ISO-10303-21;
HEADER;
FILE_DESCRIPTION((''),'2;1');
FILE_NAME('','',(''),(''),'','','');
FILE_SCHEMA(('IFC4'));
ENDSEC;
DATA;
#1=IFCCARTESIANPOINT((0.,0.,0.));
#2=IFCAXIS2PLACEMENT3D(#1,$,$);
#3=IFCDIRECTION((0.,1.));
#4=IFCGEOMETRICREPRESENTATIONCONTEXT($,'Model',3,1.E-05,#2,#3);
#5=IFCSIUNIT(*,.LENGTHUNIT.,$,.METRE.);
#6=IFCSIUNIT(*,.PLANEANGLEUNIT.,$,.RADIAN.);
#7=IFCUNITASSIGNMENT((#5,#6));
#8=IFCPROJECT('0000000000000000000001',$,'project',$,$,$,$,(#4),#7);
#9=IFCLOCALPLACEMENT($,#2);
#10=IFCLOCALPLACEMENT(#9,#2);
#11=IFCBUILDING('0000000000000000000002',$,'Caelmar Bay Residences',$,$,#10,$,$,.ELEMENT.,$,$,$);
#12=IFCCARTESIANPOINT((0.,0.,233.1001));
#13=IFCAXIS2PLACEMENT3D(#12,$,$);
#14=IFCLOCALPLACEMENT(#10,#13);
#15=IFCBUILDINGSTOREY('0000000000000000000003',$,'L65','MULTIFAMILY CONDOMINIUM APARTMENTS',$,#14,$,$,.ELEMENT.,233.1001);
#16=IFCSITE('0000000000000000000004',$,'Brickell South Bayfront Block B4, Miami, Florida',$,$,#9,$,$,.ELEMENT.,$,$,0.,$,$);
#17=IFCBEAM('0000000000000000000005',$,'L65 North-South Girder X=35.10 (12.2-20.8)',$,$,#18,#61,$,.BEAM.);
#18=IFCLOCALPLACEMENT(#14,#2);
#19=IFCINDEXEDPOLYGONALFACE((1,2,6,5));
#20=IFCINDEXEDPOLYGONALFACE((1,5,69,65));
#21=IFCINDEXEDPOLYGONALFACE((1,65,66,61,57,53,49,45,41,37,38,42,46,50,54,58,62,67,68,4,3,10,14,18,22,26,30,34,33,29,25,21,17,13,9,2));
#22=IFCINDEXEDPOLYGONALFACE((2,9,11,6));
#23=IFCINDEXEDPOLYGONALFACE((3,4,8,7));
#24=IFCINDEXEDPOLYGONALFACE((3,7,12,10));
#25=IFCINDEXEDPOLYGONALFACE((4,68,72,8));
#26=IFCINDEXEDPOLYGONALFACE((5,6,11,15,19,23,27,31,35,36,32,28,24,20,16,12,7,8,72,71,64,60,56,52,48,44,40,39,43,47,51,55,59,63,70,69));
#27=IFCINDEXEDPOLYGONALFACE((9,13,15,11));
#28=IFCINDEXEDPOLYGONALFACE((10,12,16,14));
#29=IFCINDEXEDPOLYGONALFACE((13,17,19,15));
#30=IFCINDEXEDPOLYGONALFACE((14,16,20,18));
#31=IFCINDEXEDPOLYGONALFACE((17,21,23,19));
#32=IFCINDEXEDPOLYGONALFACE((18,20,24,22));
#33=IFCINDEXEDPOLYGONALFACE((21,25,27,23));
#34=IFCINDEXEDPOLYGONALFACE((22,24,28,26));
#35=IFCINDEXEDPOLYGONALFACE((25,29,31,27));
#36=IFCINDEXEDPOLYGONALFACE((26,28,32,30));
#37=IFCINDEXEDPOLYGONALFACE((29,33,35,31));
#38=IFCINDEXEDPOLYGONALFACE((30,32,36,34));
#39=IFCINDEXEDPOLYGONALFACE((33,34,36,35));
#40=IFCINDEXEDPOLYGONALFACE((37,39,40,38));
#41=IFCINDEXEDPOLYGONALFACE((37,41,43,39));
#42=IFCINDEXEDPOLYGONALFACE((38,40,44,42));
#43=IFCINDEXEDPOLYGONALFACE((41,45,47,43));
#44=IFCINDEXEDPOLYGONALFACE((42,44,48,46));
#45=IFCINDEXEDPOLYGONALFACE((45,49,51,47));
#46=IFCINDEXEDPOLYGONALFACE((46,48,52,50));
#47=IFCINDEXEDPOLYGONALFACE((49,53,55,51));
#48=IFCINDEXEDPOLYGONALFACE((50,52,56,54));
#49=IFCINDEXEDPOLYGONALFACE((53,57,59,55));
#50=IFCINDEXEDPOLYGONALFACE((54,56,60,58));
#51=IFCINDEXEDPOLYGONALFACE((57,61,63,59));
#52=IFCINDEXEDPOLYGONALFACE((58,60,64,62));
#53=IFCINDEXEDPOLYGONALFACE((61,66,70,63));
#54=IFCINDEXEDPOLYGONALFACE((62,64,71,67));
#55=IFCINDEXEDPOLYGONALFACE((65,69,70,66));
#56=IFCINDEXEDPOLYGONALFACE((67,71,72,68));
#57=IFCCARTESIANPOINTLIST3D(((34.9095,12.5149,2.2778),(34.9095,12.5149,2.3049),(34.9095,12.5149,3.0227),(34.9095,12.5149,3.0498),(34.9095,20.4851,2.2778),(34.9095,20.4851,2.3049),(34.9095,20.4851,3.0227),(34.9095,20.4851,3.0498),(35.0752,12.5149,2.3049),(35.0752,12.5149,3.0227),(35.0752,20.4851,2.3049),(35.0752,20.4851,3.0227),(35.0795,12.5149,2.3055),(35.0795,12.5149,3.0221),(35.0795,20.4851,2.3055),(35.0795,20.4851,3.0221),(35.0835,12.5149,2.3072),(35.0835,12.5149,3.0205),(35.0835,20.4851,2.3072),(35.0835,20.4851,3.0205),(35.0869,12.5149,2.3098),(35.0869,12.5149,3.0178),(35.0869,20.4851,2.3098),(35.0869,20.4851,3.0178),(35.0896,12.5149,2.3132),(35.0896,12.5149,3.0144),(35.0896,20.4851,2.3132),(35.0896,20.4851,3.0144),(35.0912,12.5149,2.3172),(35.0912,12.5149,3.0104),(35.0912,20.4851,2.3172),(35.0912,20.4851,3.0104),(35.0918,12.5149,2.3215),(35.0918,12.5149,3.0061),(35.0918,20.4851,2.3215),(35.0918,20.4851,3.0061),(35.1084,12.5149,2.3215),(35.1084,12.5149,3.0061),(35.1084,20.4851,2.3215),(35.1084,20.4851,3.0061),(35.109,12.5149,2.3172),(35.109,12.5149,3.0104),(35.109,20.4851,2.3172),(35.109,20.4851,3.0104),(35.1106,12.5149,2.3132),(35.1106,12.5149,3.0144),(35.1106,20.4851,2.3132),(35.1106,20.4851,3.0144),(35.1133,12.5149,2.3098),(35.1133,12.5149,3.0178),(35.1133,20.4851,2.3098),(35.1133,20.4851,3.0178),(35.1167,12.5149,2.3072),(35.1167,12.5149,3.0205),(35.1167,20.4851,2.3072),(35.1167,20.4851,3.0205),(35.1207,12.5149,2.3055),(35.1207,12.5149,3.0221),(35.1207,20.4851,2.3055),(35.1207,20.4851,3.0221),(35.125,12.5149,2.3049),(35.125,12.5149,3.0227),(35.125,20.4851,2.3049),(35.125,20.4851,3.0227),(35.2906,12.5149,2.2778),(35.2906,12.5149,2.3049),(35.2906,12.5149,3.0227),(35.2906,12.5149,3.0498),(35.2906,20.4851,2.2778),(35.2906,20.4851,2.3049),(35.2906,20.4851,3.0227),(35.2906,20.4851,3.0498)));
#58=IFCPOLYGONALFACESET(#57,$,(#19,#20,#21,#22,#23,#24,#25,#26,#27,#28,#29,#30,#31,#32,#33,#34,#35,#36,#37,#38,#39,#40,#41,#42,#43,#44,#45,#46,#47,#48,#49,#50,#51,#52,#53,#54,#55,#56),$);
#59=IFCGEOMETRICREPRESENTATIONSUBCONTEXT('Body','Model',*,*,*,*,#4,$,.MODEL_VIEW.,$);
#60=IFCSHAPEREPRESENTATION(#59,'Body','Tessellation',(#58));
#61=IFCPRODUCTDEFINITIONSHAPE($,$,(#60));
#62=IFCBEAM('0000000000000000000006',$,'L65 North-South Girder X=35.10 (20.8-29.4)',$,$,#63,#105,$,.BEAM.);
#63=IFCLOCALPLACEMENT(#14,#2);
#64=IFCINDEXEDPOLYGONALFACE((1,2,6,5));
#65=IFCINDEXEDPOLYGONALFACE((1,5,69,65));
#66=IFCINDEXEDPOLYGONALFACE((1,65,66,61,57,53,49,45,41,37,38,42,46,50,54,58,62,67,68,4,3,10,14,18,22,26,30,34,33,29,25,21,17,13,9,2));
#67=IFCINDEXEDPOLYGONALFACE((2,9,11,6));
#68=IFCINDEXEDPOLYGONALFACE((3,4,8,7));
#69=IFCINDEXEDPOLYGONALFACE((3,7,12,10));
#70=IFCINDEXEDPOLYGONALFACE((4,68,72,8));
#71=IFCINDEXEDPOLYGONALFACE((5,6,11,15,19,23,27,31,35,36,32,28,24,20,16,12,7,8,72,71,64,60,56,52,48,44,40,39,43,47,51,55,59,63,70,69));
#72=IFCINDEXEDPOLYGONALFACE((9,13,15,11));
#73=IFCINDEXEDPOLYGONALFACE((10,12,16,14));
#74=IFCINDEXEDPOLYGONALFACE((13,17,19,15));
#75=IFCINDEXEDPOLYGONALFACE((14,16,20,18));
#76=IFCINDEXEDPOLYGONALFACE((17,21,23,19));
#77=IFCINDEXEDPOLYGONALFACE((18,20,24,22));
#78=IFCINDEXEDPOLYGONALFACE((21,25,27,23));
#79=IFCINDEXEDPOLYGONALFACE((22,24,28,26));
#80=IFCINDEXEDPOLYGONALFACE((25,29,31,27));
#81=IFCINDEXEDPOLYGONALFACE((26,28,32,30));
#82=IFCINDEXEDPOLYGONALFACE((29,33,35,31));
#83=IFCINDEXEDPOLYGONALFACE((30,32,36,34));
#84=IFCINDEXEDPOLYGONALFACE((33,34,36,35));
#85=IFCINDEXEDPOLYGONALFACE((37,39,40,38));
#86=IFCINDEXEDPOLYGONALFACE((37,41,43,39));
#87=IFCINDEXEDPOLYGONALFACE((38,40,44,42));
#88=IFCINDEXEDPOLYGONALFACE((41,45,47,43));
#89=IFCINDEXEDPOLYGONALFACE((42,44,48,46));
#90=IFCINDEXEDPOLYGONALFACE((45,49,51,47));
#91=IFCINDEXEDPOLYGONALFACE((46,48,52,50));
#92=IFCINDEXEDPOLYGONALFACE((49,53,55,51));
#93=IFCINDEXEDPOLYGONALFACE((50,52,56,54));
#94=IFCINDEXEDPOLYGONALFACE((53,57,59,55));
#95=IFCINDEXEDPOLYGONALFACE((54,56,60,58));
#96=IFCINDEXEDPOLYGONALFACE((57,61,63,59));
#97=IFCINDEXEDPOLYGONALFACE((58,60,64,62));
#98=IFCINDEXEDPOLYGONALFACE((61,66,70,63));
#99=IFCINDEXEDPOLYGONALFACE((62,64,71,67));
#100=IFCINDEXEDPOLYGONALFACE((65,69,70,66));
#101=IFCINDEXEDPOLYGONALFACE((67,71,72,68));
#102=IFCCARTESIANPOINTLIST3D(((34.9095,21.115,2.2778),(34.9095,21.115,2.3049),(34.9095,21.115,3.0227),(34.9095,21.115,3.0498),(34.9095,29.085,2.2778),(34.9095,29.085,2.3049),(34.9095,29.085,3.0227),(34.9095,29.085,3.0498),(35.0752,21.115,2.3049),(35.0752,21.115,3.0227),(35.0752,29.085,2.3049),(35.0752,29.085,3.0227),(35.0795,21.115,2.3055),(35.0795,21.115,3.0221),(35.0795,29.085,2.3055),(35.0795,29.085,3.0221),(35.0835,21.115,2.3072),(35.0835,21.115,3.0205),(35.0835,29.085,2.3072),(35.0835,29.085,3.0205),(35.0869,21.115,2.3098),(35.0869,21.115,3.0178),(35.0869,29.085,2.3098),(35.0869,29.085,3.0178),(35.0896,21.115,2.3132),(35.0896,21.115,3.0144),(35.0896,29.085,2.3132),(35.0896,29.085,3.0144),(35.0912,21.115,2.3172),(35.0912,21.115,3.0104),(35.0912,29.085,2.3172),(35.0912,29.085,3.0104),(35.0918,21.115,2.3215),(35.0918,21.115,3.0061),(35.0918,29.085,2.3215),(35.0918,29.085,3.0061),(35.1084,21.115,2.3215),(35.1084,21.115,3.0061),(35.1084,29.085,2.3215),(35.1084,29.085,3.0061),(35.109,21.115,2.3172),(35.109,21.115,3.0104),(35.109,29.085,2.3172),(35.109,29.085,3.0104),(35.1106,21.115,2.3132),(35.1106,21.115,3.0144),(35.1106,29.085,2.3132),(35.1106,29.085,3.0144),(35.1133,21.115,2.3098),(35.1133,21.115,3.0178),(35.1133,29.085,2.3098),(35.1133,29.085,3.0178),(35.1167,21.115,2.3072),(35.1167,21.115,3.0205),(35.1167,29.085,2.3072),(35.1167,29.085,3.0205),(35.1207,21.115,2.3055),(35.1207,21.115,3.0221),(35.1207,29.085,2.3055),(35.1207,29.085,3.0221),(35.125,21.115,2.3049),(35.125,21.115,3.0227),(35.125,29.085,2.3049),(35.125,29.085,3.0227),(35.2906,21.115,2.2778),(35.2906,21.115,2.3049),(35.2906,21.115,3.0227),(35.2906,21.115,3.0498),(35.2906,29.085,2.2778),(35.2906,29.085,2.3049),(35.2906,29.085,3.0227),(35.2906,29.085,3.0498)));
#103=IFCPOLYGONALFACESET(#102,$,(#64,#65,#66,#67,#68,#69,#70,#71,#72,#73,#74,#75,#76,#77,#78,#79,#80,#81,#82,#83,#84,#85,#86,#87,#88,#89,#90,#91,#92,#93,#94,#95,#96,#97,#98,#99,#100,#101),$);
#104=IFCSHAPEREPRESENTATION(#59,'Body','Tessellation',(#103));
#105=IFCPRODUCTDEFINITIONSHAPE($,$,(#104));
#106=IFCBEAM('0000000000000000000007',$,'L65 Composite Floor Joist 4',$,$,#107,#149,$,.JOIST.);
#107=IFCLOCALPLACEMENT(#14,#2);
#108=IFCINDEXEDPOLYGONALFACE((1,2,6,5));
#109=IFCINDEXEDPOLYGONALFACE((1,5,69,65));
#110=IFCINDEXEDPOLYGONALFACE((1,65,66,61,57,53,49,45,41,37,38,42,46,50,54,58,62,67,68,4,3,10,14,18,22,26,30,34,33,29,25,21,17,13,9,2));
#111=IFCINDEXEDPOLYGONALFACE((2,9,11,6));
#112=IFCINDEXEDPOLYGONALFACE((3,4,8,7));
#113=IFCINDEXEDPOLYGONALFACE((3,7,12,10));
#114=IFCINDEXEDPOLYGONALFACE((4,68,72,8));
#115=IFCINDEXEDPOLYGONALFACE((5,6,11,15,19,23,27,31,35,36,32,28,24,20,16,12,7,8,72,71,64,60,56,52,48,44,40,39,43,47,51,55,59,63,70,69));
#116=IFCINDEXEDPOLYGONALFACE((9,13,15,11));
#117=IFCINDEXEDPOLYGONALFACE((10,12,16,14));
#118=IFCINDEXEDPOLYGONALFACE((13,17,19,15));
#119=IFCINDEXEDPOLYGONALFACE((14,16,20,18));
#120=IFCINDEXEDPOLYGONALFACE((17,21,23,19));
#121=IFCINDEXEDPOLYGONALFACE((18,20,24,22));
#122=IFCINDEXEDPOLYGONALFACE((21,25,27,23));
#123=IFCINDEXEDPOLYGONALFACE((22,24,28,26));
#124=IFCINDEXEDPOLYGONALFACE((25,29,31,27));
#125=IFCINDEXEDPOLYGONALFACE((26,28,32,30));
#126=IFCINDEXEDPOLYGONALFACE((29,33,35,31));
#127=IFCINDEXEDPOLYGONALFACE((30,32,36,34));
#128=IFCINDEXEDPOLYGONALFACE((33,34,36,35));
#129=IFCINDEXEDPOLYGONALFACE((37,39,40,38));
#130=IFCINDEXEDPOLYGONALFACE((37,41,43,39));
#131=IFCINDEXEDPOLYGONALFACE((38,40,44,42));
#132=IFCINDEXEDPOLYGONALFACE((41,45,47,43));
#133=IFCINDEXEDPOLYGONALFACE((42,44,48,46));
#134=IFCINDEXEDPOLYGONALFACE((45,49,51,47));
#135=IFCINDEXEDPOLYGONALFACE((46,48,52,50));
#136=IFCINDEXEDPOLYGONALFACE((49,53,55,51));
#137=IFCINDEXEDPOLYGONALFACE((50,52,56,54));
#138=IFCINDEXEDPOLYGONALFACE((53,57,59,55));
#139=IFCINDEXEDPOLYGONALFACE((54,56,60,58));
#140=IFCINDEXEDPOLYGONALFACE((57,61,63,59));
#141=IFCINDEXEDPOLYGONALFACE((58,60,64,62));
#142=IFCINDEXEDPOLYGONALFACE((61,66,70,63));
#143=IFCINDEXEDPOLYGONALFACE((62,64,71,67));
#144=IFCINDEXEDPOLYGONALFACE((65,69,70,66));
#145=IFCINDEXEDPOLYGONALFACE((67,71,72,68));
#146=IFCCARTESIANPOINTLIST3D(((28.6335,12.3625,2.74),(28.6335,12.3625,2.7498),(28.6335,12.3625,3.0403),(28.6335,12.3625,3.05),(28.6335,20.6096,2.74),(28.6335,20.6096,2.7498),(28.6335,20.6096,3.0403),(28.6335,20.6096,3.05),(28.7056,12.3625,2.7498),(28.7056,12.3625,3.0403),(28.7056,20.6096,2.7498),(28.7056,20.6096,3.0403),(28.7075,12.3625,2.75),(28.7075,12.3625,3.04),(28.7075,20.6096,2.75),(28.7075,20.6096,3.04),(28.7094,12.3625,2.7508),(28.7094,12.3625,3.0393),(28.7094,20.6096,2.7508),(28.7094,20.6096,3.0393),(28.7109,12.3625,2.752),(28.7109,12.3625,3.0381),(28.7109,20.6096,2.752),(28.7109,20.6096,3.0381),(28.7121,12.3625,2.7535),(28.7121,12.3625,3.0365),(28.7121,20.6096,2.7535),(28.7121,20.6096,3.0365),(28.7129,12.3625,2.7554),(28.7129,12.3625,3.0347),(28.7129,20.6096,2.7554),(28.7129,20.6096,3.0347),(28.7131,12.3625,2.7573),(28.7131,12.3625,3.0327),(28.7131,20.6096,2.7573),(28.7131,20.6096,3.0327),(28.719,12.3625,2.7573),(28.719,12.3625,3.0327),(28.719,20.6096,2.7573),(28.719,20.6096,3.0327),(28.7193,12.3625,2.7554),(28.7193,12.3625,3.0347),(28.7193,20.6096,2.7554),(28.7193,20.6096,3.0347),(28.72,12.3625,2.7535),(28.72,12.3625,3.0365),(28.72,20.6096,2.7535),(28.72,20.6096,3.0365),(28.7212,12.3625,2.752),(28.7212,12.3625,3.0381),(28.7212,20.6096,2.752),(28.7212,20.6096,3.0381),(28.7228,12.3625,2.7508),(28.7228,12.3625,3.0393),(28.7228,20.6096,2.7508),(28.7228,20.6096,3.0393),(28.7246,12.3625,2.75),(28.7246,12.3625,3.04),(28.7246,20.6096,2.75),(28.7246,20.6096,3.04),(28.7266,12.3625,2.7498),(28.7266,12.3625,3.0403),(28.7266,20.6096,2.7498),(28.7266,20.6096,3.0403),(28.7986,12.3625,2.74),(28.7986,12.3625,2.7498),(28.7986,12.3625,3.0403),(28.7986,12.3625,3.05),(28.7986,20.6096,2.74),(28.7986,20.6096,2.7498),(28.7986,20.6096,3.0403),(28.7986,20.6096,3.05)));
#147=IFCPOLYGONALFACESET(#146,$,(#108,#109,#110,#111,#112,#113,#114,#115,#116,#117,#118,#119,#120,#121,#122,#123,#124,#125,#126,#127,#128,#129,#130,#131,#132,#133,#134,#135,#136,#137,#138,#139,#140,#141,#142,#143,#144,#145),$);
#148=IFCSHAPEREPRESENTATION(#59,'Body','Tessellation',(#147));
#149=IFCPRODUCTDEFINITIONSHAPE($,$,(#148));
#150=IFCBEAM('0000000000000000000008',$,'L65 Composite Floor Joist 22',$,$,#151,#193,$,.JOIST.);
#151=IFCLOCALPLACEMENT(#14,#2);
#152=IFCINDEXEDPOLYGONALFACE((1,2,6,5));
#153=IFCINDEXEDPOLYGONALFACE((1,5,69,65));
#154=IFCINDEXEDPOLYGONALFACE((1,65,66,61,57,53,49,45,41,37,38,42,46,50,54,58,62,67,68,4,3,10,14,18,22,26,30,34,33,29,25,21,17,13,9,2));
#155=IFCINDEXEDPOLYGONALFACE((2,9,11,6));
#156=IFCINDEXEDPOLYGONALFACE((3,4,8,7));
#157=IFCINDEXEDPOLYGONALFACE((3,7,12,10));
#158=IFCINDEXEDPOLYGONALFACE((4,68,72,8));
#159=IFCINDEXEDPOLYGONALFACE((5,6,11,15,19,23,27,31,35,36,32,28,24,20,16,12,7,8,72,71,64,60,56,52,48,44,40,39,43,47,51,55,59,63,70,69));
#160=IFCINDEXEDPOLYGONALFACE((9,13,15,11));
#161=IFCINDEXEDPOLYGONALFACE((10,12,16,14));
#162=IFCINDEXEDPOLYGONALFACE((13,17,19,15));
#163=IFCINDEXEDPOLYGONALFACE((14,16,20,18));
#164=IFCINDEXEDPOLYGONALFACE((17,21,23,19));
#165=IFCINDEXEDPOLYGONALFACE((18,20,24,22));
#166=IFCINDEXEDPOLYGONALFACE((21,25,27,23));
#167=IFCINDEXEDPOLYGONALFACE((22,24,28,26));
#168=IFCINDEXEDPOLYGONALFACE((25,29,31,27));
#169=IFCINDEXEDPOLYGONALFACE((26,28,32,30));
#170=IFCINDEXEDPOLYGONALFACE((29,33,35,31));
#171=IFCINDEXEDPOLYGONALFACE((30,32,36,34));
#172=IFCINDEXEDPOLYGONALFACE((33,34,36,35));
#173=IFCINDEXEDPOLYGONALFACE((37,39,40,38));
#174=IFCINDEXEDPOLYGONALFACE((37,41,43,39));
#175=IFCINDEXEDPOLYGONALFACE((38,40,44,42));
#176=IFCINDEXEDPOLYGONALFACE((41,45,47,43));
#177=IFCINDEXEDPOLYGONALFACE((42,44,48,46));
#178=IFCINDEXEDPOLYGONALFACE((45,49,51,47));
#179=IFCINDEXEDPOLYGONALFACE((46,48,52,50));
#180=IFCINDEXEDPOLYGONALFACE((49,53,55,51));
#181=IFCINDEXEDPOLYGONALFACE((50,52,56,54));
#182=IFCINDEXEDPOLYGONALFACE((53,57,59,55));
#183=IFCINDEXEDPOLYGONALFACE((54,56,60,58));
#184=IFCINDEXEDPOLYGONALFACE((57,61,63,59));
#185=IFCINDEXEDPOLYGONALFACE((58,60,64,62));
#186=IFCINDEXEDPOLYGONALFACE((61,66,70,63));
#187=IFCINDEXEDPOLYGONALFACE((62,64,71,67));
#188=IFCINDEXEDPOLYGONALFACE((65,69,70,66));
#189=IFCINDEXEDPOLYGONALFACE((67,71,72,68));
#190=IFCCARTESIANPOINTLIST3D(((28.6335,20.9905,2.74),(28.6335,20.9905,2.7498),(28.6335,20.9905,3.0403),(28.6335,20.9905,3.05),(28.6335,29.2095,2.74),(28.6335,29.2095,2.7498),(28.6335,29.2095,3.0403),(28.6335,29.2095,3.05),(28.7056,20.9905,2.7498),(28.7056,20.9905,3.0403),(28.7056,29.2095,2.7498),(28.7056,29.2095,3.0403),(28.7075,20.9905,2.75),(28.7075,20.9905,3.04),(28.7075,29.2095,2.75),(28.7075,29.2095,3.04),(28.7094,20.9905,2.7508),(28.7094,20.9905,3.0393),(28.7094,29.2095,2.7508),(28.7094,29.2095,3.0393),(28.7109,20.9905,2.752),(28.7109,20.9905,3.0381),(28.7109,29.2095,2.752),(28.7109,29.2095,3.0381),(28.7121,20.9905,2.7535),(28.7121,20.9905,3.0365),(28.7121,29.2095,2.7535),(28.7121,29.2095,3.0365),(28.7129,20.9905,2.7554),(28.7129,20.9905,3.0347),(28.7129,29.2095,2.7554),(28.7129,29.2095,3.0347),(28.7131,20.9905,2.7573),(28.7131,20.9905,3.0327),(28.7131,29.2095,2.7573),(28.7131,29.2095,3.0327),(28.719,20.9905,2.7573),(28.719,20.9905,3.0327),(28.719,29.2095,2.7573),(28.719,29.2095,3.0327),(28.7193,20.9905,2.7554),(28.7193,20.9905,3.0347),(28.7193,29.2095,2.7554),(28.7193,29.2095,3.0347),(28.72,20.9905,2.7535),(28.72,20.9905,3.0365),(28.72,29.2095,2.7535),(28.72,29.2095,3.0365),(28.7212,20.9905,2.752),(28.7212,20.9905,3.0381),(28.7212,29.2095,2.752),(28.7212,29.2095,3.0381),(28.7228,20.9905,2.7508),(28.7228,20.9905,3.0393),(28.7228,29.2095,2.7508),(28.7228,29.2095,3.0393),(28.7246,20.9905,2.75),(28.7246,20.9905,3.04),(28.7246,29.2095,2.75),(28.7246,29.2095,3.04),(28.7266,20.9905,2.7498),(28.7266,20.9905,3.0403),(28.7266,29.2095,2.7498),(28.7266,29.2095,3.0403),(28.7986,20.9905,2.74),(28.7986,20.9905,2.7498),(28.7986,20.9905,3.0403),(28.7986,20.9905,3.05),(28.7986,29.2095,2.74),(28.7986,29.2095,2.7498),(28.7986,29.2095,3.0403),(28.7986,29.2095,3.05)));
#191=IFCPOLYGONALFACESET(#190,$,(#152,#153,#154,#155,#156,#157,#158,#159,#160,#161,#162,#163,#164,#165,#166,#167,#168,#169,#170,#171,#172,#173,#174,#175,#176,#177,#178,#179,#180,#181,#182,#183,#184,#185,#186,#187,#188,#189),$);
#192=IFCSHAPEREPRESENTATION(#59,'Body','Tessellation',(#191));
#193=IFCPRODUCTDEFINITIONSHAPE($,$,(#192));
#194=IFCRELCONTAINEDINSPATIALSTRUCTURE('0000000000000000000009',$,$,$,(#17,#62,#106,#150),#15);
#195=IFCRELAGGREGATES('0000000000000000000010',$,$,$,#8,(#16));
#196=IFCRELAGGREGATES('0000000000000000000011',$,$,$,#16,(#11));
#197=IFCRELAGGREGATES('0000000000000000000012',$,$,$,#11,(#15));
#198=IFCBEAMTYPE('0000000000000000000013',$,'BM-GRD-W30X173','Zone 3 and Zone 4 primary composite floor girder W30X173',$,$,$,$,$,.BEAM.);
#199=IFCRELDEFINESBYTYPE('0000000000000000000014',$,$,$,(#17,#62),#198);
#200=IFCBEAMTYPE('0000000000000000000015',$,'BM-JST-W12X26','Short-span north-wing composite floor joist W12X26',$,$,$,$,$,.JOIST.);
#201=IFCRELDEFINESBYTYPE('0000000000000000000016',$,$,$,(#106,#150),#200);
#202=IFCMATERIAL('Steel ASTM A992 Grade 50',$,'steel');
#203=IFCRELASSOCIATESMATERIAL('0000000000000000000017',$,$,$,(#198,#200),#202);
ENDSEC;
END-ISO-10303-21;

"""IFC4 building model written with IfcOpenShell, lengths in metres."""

from ifc_helpers import new_model, si_unit, direction, frame, origin, origin_2d, place, context, subcontext, project, spatial, i_section, extrude, material, material_profile, profile_set, type_object, element, save


model = new_model("IFC4")

# Units and contexts
model_context = context("Model", 3, precision=1e-05, world=origin(), true_north=direction((0.0, 1.0)))
body_context = subcontext(model_context, "Body", "Model", "MODEL_VIEW")
ifc_project = project(units=[si_unit("LENGTHUNIT", "METRE"), si_unit("PLANEANGLEUNIT", "RADIAN")], contexts=[model_context])

# Site, building, storey
site_placement = place(None, origin())
site = spatial("IfcSite", under=ifc_project, at=site_placement, Name="Brickell South Bayfront Block B4, Miami, Florida", CompositionType="ELEMENT", RefElevation=0.0)
building_placement = place(site_placement, origin())
building = spatial("IfcBuilding", under=site, at=building_placement, Name="Caelmar Bay Residences", CompositionType="ELEMENT")
storey_placement = place(building_placement, frame((0.0, 0.0, 233.1001)))
storey = spatial("IfcBuildingStorey", under=building, at=storey_placement, Name="L65", Description="MULTIFAMILY CONDOMINIUM APARTMENTS", CompositionType="ELEMENT", Elevation=233.1001)

# Beams
ifc_material_1 = material(Name="Steel ASTM A992 Grade 50", Category="steel")
ifc_material_profile_1 = material_profile(ifc_material_1, i_section(OverallWidth=0.3811, OverallDepth=0.772, WebThickness=0.0166, FlangeThickness=0.0271, FilletRadius=0.0166, at=origin_2d()), Name="W30X173")
ifc_profile_set_1 = profile_set([ifc_material_profile_1], Name="Steel ASTM A992 Grade 50")
beam_type_1 = type_object("IfcBeamType", Name="BM-GRD-W30X173", Description="Zone 3 and Zone 4 primary composite floor girder W30X173", PredefinedType="BEAM", material=ifc_profile_set_1)
for number, where, z_axis, x_axis, name in (
    (1, (35.1001, 12.5149, 2.6638), (0.0, 1.0, 0.0), (-1.0, 0.0, 0.0), "L65 North-South Girder X=35.10 (12.2-20.8)"),
):
    element("IfcBeam", number, at=place(storey_placement, frame(where, z_axis=z_axis, x_axis=x_axis)), inside=storey, type_object=beam_type_1, Name=name, PredefinedType="BEAM", context=body_context, shape_type="SweptSolid", body=[
        extrude(i_section(OverallWidth=0.3811, OverallDepth=0.772, WebThickness=0.0166, FlangeThickness=0.0271, FilletRadius=0.0166, at=origin_2d()), origin(), (0.0, 0.0, 1.0), 7.9702),
    ])
beam_1_placement = place(storey_placement, frame((35.1001, 21.115, 2.6638), z_axis=(0.0, 1.0, 0.0), x_axis=(-1.0, 0.0, 0.0)))
element("IfcBeam", 2, at=beam_1_placement, inside=storey, type_object=beam_type_1, Name="L65 North-South Girder X=35.10 (20.8-29.4)", PredefinedType="BEAM", context=body_context, shape_type="SweptSolid", body=[
    extrude(i_section(OverallWidth=0.3811, OverallDepth=0.772, WebThickness=0.0166, FlangeThickness=0.0271, FilletRadius=0.0166, at=origin_2d()), origin(), (0.0, 0.0, 1.0), 7.97),
])
ifc_material_profile_2 = material_profile(ifc_material_1, i_section(OverallWidth=0.165, OverallDepth=0.3101, WebThickness=0.0059, FlangeThickness=0.0098, FilletRadius=0.0076, at=origin_2d()), Name="W12X26")
ifc_profile_set_2 = profile_set([ifc_material_profile_2], Name="Steel ASTM A992 Grade 50")
beam_type_2 = type_object("IfcBeamType", Name="BM-JST-W12X26", Description="Short-span north-wing composite floor joist W12X26", PredefinedType="JOIST", material=ifc_profile_set_2)
beam_2_placement = place(storey_placement, frame((28.7161, 12.3625, 2.895), z_axis=(0.0, 1.0, 0.0), x_axis=(-1.0, 0.0, 0.0)))
element("IfcBeam", 3, at=beam_2_placement, inside=storey, type_object=beam_type_2, Name="L65 Composite Floor Joist 4", PredefinedType="JOIST", context=body_context, shape_type="SweptSolid", body=[
    extrude(i_section(OverallWidth=0.165, OverallDepth=0.3101, WebThickness=0.0059, FlangeThickness=0.0098, FilletRadius=0.0076, at=origin_2d()), origin(), (0.0, 0.0, 1.0), 8.2471),
])
beam_3_placement = place(storey_placement, frame((28.7161, 20.9905, 2.895), z_axis=(0.0, 1.0, 0.0), x_axis=(-1.0, 0.0, 0.0)))
element("IfcBeam", 4, at=beam_3_placement, inside=storey, type_object=beam_type_2, Name="L65 Composite Floor Joist 22", PredefinedType="JOIST", context=body_context, shape_type="SweptSolid", body=[
    extrude(i_section(OverallWidth=0.165, OverallDepth=0.3101, WebThickness=0.0059, FlangeThickness=0.0098, FilletRadius=0.0076, at=origin_2d()), origin(), (0.0, 0.0, 1.0), 8.219),
])

save(model, "model.ifc")
